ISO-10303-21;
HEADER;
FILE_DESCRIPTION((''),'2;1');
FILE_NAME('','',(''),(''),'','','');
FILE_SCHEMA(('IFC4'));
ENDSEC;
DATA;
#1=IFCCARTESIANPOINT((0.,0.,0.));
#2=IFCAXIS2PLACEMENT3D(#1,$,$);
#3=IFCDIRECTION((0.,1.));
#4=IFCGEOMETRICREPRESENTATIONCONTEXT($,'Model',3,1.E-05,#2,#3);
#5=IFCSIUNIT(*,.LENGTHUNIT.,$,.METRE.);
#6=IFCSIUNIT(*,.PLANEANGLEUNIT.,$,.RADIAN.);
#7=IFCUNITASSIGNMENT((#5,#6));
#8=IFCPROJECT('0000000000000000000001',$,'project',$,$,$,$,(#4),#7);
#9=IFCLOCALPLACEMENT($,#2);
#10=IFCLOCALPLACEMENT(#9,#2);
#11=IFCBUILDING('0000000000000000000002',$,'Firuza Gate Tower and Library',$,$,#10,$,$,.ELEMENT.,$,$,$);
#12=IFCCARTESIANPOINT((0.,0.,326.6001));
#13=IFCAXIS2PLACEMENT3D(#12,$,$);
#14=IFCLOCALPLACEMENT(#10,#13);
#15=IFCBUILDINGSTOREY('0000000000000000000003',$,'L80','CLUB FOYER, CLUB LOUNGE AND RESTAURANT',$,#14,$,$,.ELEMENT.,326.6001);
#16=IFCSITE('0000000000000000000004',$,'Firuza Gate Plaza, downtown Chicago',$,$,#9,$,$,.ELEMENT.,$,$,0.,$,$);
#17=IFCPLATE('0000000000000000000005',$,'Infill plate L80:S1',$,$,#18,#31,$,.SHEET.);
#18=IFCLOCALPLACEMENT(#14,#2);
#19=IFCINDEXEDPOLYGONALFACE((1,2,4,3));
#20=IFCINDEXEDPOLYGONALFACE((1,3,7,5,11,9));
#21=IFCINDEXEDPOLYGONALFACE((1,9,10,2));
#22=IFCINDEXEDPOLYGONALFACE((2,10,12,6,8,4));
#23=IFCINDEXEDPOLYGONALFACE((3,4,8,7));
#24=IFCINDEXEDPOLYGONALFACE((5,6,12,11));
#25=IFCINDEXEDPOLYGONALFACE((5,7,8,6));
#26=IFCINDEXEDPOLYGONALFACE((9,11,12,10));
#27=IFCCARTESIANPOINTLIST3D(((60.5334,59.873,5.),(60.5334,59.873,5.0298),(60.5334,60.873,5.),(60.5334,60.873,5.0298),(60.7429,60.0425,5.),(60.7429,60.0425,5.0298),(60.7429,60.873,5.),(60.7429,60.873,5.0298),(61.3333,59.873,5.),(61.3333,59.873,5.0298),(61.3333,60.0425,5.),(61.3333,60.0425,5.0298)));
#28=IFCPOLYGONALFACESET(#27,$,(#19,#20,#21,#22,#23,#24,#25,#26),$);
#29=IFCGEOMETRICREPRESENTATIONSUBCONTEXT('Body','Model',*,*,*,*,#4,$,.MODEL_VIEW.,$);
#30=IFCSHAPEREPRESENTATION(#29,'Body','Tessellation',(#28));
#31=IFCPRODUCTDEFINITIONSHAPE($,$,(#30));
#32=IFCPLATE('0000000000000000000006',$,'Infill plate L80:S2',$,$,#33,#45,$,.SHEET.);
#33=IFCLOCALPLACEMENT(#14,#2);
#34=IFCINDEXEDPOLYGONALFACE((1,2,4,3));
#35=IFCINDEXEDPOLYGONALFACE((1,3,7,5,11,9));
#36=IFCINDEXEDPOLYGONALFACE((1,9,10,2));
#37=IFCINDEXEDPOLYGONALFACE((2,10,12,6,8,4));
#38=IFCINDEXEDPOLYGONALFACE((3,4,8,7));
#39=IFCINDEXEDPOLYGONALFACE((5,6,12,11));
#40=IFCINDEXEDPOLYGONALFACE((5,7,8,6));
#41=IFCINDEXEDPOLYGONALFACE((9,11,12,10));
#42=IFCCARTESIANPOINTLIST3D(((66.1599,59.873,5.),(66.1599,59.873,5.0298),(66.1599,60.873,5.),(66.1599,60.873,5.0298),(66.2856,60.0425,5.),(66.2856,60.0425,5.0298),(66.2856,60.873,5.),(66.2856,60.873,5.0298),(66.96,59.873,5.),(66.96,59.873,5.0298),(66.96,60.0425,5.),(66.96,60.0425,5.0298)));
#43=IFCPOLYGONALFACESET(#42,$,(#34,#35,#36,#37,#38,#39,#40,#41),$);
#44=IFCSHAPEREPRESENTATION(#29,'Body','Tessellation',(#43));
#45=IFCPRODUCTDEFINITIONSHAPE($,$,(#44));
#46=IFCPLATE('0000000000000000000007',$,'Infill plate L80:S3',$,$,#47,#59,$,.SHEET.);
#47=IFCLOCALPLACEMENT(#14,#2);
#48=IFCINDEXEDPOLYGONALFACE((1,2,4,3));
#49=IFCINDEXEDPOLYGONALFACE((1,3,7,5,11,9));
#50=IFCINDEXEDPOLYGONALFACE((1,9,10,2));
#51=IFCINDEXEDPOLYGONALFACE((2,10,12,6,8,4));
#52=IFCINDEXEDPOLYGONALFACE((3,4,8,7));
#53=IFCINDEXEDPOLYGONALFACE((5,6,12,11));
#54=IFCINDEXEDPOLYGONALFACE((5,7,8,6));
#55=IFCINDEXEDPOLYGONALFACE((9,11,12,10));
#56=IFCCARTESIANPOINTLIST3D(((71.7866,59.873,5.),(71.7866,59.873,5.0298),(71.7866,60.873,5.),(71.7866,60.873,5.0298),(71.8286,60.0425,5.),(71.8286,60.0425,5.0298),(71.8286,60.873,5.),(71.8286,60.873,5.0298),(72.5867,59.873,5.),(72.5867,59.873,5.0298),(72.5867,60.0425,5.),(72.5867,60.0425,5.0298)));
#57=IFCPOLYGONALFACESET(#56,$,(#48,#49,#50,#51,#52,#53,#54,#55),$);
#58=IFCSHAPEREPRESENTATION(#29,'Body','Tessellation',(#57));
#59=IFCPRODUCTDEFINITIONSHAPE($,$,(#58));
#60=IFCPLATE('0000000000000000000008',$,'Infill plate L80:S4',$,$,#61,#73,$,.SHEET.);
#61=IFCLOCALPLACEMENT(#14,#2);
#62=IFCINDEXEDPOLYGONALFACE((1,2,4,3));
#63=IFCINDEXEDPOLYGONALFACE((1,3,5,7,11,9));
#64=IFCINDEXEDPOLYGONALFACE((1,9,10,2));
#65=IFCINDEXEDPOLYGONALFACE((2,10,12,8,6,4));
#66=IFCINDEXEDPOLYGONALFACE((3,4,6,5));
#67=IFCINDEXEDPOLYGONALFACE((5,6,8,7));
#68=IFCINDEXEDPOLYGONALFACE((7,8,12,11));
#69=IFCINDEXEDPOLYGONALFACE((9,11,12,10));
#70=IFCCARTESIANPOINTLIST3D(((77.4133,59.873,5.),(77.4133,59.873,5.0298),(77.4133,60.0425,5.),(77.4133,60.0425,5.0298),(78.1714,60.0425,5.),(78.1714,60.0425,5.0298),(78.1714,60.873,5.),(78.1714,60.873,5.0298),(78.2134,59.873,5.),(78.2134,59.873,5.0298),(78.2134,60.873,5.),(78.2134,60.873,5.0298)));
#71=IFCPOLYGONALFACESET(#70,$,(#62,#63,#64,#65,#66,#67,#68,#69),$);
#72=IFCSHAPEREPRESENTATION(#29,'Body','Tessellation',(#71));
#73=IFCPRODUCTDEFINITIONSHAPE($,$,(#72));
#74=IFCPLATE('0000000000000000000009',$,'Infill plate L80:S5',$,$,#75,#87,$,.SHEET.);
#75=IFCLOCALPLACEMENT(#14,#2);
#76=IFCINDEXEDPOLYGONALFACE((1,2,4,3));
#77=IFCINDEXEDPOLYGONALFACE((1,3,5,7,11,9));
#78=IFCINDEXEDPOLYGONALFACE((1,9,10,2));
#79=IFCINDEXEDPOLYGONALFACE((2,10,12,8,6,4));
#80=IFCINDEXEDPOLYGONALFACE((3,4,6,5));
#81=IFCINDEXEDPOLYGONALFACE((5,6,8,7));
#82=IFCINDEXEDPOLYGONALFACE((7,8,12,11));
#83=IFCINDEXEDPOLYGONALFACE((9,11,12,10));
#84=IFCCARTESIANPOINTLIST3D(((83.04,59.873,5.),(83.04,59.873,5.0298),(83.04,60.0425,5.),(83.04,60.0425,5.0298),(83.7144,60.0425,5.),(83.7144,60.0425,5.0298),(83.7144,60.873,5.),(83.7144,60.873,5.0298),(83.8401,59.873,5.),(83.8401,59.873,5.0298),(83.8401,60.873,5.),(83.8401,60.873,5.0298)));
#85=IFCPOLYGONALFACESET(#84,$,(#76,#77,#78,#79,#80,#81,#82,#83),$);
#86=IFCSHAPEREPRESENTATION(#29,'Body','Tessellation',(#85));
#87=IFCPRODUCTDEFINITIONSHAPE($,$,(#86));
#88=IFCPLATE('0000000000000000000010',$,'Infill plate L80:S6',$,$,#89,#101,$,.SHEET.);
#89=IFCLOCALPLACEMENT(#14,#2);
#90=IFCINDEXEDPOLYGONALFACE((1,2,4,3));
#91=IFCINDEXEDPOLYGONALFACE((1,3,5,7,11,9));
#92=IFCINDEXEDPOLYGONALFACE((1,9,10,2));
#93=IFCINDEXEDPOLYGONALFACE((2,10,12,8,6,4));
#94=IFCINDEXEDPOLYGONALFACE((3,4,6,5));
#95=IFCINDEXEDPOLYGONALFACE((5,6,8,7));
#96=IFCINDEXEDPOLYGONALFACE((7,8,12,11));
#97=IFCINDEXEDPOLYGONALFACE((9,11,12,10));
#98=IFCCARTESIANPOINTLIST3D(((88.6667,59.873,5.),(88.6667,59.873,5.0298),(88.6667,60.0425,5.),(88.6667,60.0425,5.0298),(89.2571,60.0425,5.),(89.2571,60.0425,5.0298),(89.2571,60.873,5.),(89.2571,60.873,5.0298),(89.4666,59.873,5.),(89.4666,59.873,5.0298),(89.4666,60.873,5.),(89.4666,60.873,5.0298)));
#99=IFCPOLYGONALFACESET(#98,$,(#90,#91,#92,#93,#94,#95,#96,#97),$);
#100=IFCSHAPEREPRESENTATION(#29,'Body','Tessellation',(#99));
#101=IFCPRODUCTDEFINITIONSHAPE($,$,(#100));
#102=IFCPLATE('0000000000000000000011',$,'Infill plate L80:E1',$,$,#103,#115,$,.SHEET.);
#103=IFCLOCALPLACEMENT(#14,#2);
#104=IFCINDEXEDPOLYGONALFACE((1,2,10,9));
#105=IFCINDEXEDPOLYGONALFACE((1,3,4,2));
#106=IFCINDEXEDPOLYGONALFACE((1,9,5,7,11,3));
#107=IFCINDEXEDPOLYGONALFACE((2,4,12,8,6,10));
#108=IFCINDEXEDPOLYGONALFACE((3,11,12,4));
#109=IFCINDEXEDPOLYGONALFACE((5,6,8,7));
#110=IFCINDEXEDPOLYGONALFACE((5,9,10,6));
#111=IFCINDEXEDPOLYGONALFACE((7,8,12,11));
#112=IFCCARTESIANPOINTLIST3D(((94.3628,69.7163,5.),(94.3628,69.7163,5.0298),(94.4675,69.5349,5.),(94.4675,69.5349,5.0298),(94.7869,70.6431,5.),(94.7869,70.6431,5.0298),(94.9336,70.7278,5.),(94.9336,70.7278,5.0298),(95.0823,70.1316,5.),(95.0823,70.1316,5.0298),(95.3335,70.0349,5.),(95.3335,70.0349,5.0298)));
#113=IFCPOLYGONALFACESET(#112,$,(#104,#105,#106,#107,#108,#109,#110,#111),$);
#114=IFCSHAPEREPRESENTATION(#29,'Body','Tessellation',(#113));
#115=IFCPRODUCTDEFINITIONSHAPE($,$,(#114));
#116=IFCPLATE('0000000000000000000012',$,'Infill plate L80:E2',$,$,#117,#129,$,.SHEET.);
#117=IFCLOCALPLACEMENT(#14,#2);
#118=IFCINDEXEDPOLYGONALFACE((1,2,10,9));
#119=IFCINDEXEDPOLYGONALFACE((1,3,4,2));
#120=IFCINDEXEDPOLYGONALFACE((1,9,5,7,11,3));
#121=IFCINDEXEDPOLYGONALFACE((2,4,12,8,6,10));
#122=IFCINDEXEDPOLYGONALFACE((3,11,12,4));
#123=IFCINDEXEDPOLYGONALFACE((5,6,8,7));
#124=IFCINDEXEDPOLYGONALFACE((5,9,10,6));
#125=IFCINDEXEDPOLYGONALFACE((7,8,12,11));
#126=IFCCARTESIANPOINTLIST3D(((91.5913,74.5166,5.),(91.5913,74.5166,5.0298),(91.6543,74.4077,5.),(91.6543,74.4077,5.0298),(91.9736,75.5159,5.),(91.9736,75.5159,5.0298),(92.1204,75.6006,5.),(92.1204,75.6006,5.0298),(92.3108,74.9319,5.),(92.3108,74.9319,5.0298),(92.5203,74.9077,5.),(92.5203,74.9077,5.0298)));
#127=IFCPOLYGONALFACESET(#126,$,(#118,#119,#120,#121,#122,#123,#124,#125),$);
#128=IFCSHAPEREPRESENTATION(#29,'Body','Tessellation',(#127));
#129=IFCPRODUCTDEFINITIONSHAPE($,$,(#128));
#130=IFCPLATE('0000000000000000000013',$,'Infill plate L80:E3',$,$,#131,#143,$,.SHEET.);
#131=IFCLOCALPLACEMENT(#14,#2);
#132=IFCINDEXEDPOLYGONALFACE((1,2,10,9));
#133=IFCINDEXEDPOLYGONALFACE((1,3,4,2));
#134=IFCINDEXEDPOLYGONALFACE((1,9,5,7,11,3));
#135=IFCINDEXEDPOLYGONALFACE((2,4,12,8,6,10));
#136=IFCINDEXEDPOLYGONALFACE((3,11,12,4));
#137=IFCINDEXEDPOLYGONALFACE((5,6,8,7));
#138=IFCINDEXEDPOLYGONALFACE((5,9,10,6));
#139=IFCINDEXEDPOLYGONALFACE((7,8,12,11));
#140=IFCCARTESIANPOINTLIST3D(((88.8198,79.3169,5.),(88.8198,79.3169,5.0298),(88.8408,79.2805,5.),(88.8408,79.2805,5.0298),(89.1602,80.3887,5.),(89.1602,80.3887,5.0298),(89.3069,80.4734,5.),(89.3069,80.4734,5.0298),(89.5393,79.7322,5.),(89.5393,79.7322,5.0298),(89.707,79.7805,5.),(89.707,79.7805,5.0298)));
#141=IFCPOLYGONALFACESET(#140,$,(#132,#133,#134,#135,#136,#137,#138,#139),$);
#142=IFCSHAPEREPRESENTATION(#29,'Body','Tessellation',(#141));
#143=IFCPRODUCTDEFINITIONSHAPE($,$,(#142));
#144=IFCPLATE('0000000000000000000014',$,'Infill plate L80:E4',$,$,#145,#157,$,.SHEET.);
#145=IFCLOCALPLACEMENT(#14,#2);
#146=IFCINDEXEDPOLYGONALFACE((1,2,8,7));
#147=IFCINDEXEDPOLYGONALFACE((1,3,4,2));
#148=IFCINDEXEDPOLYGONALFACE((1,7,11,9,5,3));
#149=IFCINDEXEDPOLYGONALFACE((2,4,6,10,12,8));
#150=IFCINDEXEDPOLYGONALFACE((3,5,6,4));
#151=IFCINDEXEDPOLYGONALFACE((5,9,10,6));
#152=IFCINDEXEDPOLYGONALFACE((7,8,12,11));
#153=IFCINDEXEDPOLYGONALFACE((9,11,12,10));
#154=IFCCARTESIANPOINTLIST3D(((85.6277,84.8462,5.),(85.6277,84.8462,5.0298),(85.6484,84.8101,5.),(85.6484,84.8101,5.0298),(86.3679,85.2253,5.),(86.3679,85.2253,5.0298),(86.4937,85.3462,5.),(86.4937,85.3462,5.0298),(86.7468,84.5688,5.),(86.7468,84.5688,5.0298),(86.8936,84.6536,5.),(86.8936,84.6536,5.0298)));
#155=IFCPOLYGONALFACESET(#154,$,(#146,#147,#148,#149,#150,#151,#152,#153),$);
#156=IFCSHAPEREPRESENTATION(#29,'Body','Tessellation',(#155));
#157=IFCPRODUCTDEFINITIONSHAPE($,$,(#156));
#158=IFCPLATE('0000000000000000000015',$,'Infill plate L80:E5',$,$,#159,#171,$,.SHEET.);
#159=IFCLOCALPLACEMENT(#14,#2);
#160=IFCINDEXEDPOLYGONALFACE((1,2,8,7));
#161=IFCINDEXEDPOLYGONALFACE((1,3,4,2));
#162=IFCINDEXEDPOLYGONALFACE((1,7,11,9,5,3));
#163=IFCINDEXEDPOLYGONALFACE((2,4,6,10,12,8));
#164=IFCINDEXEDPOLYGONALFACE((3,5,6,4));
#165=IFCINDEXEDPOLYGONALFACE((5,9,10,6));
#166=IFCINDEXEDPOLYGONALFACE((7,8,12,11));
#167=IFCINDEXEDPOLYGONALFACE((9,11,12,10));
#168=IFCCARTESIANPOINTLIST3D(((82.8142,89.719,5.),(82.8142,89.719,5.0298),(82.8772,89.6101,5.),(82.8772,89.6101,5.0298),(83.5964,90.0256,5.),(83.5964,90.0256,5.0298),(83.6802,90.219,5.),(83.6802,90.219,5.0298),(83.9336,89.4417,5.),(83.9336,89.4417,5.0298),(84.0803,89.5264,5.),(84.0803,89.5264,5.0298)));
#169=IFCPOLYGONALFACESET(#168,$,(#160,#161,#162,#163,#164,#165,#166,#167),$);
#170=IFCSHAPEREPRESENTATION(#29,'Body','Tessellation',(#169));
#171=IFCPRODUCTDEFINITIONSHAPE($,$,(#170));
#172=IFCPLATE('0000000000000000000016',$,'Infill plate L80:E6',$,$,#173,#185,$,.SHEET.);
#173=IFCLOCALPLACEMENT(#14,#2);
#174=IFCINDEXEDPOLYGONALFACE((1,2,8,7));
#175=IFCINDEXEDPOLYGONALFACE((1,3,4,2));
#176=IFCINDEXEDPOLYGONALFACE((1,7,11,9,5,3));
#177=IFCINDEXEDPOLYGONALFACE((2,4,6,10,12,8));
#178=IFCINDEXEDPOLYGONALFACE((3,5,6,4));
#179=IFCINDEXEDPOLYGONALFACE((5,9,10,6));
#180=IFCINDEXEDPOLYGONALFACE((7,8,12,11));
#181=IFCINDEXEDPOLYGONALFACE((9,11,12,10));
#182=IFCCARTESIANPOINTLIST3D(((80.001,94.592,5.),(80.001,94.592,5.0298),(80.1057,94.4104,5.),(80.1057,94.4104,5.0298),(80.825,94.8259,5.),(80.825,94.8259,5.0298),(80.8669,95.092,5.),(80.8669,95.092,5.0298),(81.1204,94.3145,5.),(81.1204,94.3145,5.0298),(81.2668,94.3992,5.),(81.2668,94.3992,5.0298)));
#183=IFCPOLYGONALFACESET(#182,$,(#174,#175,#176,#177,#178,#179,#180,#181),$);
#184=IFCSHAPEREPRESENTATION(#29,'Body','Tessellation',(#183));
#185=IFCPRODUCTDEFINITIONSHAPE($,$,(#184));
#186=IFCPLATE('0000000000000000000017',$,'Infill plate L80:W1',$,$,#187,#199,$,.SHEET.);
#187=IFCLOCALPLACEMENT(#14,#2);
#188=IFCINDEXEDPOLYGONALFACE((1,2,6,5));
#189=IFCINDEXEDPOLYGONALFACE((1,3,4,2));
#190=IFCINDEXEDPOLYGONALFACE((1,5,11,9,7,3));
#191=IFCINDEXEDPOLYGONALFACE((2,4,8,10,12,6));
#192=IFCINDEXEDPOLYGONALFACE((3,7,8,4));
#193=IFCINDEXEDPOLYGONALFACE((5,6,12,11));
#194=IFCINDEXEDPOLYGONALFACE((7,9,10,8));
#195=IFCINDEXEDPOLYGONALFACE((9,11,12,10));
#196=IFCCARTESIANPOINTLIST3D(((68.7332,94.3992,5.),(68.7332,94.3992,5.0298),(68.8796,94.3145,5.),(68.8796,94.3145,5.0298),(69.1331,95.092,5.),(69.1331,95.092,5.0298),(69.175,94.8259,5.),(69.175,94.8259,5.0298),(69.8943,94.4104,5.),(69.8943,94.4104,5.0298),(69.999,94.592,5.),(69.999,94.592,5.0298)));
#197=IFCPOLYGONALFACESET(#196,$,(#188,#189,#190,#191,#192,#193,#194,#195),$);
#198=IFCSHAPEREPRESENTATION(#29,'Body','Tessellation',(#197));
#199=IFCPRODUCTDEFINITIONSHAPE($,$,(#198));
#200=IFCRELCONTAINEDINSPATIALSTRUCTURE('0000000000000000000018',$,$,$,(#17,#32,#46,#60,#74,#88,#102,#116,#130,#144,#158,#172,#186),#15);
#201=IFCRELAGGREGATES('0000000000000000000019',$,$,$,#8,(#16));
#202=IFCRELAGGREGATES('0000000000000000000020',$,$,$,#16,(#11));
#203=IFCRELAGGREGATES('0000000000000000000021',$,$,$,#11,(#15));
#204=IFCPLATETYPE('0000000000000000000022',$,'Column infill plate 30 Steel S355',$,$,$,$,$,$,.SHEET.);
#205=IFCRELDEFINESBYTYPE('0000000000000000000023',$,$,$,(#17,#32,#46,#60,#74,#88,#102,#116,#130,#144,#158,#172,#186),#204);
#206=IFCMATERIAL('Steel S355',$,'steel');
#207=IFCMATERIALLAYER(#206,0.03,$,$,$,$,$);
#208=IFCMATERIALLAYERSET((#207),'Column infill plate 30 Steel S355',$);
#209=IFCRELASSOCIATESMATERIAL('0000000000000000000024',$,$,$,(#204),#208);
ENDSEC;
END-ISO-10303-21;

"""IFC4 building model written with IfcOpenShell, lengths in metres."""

from ifc_helpers import new_model, si_unit, direction, frame, origin, place, context, subcontext, project, spatial, polyline, outline, extrude, material, layer, layer_set, type_object, element, save


model = new_model("IFC4")

# Units and contexts
model_context = context("Model", 3, precision=1e-05, world=origin(), true_north=direction((0.0, 1.0)))
body_context = subcontext(model_context, "Body", "Model", "MODEL_VIEW")
ifc_project = project(units=[si_unit("LENGTHUNIT", "METRE"), si_unit("PLANEANGLEUNIT", "RADIAN")], contexts=[model_context])

# Site, building, storey
site_placement = place(None, origin())
site = spatial("IfcSite", under=ifc_project, at=site_placement, Name="Firuza Gate Plaza, downtown Chicago", CompositionType="ELEMENT", RefElevation=0.0)
building_placement = place(site_placement, origin())
building = spatial("IfcBuilding", under=site, at=building_placement, Name="Firuza Gate Tower and Library", CompositionType="ELEMENT")
storey_placement = place(building_placement, frame((0.0, 0.0, 326.6001)))
storey = spatial("IfcBuildingStorey", under=building, at=storey_placement, Name="L80", Description="CLUB FOYER, CLUB LOUNGE AND RESTAURANT", CompositionType="ELEMENT", Elevation=326.6001)

# Plates
ifc_material_1 = material(Name="Steel S355", Category="steel")
ifc_layer_1 = layer(ifc_material_1, 0.03)
ifc_layer_set_1 = layer_set([ifc_layer_1], Name="Column infill plate 30 Steel S355")
plate_type = type_object("IfcPlateType", Name="Column infill plate 30 Steel S355", PredefinedType="SHEET", material=ifc_layer_set_1)
placement_1 = place(storey_placement, frame((0.0, 0.0, 5.0)))
element("IfcPlate", 1, at=placement_1, inside=storey, type_object=plate_type, Name="Infill plate L80:S1", PredefinedType="SHEET", context=body_context, shape_type="SweptSolid", body=[
    extrude(outline(polyline([(61.3333, 59.873), (61.3333, 60.0425), (60.7429, 60.0425), (60.7429, 60.873), (60.5334, 60.873), (60.5334, 59.873), (61.3333, 59.873)])), origin(), (0.0, 0.0, 1.0), 0.0298),
])
element("IfcPlate", 2, at=placement_1, inside=storey, type_object=plate_type, Name="Infill plate L80:S2", PredefinedType="SHEET", context=body_context, shape_type="SweptSolid", body=[
    extrude(outline(polyline([(66.96, 59.873), (66.96, 60.0425), (66.2856, 60.0425), (66.2856, 60.873), (66.1599, 60.873), (66.1599, 59.873), (66.96, 59.873)])), origin(), (0.0, 0.0, 1.0), 0.0298),
])
element("IfcPlate", 3, at=placement_1, inside=storey, type_object=plate_type, Name="Infill plate L80:S3", PredefinedType="SHEET", context=body_context, shape_type="SweptSolid", body=[
    extrude(outline(polyline([(72.5867, 59.873), (72.5867, 60.0425), (71.8286, 60.0425), (71.8286, 60.873), (71.7866, 60.873), (71.7866, 59.873), (72.5867, 59.873)])), origin(), (0.0, 0.0, 1.0), 0.0298),
])
element("IfcPlate", 4, at=placement_1, inside=storey, type_object=plate_type, Name="Infill plate L80:S4", PredefinedType="SHEET", context=body_context, shape_type="SweptSolid", body=[
    extrude(outline(polyline([(78.2134, 60.873), (78.1714, 60.873), (78.1714, 60.0425), (77.4133, 60.0425), (77.4133, 59.873), (78.2134, 59.873), (78.2134, 60.873)])), origin(), (0.0, 0.0, 1.0), 0.0298),
])
element("IfcPlate", 5, at=placement_1, inside=storey, type_object=plate_type, Name="Infill plate L80:S5", PredefinedType="SHEET", context=body_context, shape_type="SweptSolid", body=[
    extrude(outline(polyline([(83.8401, 60.873), (83.7144, 60.873), (83.7144, 60.0425), (83.04, 60.0425), (83.04, 59.873), (83.8401, 59.873), (83.8401, 60.873)])), origin(), (0.0, 0.0, 1.0), 0.0298),
])
element("IfcPlate", 6, at=placement_1, inside=storey, type_object=plate_type, Name="Infill plate L80:S6", PredefinedType="SHEET", context=body_context, shape_type="SweptSolid", body=[
    extrude(outline(polyline([(89.4666, 60.873), (89.2571, 60.873), (89.2571, 60.0425), (88.6667, 60.0425), (88.6667, 59.873), (89.4666, 59.873), (89.4666, 60.873)])), origin(), (0.0, 0.0, 1.0), 0.0298),
])
element("IfcPlate", 7, at=placement_1, inside=storey, type_object=plate_type, Name="Infill plate L80:E1", PredefinedType="SHEET", context=body_context, shape_type="SweptSolid", body=[
    extrude(outline(polyline([(94.9336, 70.7278), (94.7869, 70.6431), (95.0823, 70.1316), (94.3628, 69.7163), (94.4675, 69.5349), (95.3335, 70.0349), (94.9336, 70.7278)])), origin(), (0.0, 0.0, 1.0), 0.0298),
])
element("IfcPlate", 8, at=placement_1, inside=storey, type_object=plate_type, Name="Infill plate L80:E2", PredefinedType="SHEET", context=body_context, shape_type="SweptSolid", body=[
    extrude(outline(polyline([(92.1204, 75.6006), (91.9736, 75.5159), (92.3108, 74.9319), (91.5913, 74.5166), (91.6543, 74.4077), (92.5203, 74.9077), (92.1204, 75.6006)])), origin(), (0.0, 0.0, 1.0), 0.0298),
])
element("IfcPlate", 9, at=placement_1, inside=storey, type_object=plate_type, Name="Infill plate L80:E3", PredefinedType="SHEET", context=body_context, shape_type="SweptSolid", body=[
    extrude(outline(polyline([(89.3069, 80.4734), (89.1602, 80.3887), (89.5393, 79.7322), (88.8198, 79.3169), (88.8408, 79.2805), (89.707, 79.7805), (89.3069, 80.4734)])), origin(), (0.0, 0.0, 1.0), 0.0298),
])
element("IfcPlate", 10, at=placement_1, inside=storey, type_object=plate_type, Name="Infill plate L80:E4", PredefinedType="SHEET", context=body_context, shape_type="SweptSolid", body=[
    extrude(outline(polyline([(85.6277, 84.8462), (85.6484, 84.8101), (86.3679, 85.2253), (86.7468, 84.5688), (86.8936, 84.6536), (86.4937, 85.3462), (85.6277, 84.8462)])), origin(), (0.0, 0.0, 1.0), 0.0298),
])
element("IfcPlate", 11, at=placement_1, inside=storey, type_object=plate_type, Name="Infill plate L80:E5", PredefinedType="SHEET", context=body_context, shape_type="SweptSolid", body=[
    extrude(outline(polyline([(82.8142, 89.719), (82.8772, 89.6101), (83.5964, 90.0256), (83.9336, 89.4417), (84.0803, 89.5264), (83.6802, 90.219), (82.8142, 89.719)])), origin(), (0.0, 0.0, 1.0), 0.0298),
])
element("IfcPlate", 12, at=placement_1, inside=storey, type_object=plate_type, Name="Infill plate L80:E6", PredefinedType="SHEET", context=body_context, shape_type="SweptSolid", body=[
    extrude(outline(polyline([(80.001, 94.592), (80.1057, 94.4104), (80.825, 94.8259), (81.1204, 94.3145), (81.2668, 94.3992), (80.8669, 95.092), (80.001, 94.592)])), origin(), (0.0, 0.0, 1.0), 0.0298),
])
element("IfcPlate", 13, at=placement_1, inside=storey, type_object=plate_type, Name="Infill plate L80:W1", PredefinedType="SHEET", context=body_context, shape_type="SweptSolid", body=[
    extrude(outline(polyline([(68.7332, 94.3992), (68.8796, 94.3145), (69.175, 94.8259), (69.8943, 94.4104), (69.999, 94.592), (69.1331, 95.092), (68.7332, 94.3992)])), origin(), (0.0, 0.0, 1.0), 0.0298),
])

save(model, "model.ifc")
